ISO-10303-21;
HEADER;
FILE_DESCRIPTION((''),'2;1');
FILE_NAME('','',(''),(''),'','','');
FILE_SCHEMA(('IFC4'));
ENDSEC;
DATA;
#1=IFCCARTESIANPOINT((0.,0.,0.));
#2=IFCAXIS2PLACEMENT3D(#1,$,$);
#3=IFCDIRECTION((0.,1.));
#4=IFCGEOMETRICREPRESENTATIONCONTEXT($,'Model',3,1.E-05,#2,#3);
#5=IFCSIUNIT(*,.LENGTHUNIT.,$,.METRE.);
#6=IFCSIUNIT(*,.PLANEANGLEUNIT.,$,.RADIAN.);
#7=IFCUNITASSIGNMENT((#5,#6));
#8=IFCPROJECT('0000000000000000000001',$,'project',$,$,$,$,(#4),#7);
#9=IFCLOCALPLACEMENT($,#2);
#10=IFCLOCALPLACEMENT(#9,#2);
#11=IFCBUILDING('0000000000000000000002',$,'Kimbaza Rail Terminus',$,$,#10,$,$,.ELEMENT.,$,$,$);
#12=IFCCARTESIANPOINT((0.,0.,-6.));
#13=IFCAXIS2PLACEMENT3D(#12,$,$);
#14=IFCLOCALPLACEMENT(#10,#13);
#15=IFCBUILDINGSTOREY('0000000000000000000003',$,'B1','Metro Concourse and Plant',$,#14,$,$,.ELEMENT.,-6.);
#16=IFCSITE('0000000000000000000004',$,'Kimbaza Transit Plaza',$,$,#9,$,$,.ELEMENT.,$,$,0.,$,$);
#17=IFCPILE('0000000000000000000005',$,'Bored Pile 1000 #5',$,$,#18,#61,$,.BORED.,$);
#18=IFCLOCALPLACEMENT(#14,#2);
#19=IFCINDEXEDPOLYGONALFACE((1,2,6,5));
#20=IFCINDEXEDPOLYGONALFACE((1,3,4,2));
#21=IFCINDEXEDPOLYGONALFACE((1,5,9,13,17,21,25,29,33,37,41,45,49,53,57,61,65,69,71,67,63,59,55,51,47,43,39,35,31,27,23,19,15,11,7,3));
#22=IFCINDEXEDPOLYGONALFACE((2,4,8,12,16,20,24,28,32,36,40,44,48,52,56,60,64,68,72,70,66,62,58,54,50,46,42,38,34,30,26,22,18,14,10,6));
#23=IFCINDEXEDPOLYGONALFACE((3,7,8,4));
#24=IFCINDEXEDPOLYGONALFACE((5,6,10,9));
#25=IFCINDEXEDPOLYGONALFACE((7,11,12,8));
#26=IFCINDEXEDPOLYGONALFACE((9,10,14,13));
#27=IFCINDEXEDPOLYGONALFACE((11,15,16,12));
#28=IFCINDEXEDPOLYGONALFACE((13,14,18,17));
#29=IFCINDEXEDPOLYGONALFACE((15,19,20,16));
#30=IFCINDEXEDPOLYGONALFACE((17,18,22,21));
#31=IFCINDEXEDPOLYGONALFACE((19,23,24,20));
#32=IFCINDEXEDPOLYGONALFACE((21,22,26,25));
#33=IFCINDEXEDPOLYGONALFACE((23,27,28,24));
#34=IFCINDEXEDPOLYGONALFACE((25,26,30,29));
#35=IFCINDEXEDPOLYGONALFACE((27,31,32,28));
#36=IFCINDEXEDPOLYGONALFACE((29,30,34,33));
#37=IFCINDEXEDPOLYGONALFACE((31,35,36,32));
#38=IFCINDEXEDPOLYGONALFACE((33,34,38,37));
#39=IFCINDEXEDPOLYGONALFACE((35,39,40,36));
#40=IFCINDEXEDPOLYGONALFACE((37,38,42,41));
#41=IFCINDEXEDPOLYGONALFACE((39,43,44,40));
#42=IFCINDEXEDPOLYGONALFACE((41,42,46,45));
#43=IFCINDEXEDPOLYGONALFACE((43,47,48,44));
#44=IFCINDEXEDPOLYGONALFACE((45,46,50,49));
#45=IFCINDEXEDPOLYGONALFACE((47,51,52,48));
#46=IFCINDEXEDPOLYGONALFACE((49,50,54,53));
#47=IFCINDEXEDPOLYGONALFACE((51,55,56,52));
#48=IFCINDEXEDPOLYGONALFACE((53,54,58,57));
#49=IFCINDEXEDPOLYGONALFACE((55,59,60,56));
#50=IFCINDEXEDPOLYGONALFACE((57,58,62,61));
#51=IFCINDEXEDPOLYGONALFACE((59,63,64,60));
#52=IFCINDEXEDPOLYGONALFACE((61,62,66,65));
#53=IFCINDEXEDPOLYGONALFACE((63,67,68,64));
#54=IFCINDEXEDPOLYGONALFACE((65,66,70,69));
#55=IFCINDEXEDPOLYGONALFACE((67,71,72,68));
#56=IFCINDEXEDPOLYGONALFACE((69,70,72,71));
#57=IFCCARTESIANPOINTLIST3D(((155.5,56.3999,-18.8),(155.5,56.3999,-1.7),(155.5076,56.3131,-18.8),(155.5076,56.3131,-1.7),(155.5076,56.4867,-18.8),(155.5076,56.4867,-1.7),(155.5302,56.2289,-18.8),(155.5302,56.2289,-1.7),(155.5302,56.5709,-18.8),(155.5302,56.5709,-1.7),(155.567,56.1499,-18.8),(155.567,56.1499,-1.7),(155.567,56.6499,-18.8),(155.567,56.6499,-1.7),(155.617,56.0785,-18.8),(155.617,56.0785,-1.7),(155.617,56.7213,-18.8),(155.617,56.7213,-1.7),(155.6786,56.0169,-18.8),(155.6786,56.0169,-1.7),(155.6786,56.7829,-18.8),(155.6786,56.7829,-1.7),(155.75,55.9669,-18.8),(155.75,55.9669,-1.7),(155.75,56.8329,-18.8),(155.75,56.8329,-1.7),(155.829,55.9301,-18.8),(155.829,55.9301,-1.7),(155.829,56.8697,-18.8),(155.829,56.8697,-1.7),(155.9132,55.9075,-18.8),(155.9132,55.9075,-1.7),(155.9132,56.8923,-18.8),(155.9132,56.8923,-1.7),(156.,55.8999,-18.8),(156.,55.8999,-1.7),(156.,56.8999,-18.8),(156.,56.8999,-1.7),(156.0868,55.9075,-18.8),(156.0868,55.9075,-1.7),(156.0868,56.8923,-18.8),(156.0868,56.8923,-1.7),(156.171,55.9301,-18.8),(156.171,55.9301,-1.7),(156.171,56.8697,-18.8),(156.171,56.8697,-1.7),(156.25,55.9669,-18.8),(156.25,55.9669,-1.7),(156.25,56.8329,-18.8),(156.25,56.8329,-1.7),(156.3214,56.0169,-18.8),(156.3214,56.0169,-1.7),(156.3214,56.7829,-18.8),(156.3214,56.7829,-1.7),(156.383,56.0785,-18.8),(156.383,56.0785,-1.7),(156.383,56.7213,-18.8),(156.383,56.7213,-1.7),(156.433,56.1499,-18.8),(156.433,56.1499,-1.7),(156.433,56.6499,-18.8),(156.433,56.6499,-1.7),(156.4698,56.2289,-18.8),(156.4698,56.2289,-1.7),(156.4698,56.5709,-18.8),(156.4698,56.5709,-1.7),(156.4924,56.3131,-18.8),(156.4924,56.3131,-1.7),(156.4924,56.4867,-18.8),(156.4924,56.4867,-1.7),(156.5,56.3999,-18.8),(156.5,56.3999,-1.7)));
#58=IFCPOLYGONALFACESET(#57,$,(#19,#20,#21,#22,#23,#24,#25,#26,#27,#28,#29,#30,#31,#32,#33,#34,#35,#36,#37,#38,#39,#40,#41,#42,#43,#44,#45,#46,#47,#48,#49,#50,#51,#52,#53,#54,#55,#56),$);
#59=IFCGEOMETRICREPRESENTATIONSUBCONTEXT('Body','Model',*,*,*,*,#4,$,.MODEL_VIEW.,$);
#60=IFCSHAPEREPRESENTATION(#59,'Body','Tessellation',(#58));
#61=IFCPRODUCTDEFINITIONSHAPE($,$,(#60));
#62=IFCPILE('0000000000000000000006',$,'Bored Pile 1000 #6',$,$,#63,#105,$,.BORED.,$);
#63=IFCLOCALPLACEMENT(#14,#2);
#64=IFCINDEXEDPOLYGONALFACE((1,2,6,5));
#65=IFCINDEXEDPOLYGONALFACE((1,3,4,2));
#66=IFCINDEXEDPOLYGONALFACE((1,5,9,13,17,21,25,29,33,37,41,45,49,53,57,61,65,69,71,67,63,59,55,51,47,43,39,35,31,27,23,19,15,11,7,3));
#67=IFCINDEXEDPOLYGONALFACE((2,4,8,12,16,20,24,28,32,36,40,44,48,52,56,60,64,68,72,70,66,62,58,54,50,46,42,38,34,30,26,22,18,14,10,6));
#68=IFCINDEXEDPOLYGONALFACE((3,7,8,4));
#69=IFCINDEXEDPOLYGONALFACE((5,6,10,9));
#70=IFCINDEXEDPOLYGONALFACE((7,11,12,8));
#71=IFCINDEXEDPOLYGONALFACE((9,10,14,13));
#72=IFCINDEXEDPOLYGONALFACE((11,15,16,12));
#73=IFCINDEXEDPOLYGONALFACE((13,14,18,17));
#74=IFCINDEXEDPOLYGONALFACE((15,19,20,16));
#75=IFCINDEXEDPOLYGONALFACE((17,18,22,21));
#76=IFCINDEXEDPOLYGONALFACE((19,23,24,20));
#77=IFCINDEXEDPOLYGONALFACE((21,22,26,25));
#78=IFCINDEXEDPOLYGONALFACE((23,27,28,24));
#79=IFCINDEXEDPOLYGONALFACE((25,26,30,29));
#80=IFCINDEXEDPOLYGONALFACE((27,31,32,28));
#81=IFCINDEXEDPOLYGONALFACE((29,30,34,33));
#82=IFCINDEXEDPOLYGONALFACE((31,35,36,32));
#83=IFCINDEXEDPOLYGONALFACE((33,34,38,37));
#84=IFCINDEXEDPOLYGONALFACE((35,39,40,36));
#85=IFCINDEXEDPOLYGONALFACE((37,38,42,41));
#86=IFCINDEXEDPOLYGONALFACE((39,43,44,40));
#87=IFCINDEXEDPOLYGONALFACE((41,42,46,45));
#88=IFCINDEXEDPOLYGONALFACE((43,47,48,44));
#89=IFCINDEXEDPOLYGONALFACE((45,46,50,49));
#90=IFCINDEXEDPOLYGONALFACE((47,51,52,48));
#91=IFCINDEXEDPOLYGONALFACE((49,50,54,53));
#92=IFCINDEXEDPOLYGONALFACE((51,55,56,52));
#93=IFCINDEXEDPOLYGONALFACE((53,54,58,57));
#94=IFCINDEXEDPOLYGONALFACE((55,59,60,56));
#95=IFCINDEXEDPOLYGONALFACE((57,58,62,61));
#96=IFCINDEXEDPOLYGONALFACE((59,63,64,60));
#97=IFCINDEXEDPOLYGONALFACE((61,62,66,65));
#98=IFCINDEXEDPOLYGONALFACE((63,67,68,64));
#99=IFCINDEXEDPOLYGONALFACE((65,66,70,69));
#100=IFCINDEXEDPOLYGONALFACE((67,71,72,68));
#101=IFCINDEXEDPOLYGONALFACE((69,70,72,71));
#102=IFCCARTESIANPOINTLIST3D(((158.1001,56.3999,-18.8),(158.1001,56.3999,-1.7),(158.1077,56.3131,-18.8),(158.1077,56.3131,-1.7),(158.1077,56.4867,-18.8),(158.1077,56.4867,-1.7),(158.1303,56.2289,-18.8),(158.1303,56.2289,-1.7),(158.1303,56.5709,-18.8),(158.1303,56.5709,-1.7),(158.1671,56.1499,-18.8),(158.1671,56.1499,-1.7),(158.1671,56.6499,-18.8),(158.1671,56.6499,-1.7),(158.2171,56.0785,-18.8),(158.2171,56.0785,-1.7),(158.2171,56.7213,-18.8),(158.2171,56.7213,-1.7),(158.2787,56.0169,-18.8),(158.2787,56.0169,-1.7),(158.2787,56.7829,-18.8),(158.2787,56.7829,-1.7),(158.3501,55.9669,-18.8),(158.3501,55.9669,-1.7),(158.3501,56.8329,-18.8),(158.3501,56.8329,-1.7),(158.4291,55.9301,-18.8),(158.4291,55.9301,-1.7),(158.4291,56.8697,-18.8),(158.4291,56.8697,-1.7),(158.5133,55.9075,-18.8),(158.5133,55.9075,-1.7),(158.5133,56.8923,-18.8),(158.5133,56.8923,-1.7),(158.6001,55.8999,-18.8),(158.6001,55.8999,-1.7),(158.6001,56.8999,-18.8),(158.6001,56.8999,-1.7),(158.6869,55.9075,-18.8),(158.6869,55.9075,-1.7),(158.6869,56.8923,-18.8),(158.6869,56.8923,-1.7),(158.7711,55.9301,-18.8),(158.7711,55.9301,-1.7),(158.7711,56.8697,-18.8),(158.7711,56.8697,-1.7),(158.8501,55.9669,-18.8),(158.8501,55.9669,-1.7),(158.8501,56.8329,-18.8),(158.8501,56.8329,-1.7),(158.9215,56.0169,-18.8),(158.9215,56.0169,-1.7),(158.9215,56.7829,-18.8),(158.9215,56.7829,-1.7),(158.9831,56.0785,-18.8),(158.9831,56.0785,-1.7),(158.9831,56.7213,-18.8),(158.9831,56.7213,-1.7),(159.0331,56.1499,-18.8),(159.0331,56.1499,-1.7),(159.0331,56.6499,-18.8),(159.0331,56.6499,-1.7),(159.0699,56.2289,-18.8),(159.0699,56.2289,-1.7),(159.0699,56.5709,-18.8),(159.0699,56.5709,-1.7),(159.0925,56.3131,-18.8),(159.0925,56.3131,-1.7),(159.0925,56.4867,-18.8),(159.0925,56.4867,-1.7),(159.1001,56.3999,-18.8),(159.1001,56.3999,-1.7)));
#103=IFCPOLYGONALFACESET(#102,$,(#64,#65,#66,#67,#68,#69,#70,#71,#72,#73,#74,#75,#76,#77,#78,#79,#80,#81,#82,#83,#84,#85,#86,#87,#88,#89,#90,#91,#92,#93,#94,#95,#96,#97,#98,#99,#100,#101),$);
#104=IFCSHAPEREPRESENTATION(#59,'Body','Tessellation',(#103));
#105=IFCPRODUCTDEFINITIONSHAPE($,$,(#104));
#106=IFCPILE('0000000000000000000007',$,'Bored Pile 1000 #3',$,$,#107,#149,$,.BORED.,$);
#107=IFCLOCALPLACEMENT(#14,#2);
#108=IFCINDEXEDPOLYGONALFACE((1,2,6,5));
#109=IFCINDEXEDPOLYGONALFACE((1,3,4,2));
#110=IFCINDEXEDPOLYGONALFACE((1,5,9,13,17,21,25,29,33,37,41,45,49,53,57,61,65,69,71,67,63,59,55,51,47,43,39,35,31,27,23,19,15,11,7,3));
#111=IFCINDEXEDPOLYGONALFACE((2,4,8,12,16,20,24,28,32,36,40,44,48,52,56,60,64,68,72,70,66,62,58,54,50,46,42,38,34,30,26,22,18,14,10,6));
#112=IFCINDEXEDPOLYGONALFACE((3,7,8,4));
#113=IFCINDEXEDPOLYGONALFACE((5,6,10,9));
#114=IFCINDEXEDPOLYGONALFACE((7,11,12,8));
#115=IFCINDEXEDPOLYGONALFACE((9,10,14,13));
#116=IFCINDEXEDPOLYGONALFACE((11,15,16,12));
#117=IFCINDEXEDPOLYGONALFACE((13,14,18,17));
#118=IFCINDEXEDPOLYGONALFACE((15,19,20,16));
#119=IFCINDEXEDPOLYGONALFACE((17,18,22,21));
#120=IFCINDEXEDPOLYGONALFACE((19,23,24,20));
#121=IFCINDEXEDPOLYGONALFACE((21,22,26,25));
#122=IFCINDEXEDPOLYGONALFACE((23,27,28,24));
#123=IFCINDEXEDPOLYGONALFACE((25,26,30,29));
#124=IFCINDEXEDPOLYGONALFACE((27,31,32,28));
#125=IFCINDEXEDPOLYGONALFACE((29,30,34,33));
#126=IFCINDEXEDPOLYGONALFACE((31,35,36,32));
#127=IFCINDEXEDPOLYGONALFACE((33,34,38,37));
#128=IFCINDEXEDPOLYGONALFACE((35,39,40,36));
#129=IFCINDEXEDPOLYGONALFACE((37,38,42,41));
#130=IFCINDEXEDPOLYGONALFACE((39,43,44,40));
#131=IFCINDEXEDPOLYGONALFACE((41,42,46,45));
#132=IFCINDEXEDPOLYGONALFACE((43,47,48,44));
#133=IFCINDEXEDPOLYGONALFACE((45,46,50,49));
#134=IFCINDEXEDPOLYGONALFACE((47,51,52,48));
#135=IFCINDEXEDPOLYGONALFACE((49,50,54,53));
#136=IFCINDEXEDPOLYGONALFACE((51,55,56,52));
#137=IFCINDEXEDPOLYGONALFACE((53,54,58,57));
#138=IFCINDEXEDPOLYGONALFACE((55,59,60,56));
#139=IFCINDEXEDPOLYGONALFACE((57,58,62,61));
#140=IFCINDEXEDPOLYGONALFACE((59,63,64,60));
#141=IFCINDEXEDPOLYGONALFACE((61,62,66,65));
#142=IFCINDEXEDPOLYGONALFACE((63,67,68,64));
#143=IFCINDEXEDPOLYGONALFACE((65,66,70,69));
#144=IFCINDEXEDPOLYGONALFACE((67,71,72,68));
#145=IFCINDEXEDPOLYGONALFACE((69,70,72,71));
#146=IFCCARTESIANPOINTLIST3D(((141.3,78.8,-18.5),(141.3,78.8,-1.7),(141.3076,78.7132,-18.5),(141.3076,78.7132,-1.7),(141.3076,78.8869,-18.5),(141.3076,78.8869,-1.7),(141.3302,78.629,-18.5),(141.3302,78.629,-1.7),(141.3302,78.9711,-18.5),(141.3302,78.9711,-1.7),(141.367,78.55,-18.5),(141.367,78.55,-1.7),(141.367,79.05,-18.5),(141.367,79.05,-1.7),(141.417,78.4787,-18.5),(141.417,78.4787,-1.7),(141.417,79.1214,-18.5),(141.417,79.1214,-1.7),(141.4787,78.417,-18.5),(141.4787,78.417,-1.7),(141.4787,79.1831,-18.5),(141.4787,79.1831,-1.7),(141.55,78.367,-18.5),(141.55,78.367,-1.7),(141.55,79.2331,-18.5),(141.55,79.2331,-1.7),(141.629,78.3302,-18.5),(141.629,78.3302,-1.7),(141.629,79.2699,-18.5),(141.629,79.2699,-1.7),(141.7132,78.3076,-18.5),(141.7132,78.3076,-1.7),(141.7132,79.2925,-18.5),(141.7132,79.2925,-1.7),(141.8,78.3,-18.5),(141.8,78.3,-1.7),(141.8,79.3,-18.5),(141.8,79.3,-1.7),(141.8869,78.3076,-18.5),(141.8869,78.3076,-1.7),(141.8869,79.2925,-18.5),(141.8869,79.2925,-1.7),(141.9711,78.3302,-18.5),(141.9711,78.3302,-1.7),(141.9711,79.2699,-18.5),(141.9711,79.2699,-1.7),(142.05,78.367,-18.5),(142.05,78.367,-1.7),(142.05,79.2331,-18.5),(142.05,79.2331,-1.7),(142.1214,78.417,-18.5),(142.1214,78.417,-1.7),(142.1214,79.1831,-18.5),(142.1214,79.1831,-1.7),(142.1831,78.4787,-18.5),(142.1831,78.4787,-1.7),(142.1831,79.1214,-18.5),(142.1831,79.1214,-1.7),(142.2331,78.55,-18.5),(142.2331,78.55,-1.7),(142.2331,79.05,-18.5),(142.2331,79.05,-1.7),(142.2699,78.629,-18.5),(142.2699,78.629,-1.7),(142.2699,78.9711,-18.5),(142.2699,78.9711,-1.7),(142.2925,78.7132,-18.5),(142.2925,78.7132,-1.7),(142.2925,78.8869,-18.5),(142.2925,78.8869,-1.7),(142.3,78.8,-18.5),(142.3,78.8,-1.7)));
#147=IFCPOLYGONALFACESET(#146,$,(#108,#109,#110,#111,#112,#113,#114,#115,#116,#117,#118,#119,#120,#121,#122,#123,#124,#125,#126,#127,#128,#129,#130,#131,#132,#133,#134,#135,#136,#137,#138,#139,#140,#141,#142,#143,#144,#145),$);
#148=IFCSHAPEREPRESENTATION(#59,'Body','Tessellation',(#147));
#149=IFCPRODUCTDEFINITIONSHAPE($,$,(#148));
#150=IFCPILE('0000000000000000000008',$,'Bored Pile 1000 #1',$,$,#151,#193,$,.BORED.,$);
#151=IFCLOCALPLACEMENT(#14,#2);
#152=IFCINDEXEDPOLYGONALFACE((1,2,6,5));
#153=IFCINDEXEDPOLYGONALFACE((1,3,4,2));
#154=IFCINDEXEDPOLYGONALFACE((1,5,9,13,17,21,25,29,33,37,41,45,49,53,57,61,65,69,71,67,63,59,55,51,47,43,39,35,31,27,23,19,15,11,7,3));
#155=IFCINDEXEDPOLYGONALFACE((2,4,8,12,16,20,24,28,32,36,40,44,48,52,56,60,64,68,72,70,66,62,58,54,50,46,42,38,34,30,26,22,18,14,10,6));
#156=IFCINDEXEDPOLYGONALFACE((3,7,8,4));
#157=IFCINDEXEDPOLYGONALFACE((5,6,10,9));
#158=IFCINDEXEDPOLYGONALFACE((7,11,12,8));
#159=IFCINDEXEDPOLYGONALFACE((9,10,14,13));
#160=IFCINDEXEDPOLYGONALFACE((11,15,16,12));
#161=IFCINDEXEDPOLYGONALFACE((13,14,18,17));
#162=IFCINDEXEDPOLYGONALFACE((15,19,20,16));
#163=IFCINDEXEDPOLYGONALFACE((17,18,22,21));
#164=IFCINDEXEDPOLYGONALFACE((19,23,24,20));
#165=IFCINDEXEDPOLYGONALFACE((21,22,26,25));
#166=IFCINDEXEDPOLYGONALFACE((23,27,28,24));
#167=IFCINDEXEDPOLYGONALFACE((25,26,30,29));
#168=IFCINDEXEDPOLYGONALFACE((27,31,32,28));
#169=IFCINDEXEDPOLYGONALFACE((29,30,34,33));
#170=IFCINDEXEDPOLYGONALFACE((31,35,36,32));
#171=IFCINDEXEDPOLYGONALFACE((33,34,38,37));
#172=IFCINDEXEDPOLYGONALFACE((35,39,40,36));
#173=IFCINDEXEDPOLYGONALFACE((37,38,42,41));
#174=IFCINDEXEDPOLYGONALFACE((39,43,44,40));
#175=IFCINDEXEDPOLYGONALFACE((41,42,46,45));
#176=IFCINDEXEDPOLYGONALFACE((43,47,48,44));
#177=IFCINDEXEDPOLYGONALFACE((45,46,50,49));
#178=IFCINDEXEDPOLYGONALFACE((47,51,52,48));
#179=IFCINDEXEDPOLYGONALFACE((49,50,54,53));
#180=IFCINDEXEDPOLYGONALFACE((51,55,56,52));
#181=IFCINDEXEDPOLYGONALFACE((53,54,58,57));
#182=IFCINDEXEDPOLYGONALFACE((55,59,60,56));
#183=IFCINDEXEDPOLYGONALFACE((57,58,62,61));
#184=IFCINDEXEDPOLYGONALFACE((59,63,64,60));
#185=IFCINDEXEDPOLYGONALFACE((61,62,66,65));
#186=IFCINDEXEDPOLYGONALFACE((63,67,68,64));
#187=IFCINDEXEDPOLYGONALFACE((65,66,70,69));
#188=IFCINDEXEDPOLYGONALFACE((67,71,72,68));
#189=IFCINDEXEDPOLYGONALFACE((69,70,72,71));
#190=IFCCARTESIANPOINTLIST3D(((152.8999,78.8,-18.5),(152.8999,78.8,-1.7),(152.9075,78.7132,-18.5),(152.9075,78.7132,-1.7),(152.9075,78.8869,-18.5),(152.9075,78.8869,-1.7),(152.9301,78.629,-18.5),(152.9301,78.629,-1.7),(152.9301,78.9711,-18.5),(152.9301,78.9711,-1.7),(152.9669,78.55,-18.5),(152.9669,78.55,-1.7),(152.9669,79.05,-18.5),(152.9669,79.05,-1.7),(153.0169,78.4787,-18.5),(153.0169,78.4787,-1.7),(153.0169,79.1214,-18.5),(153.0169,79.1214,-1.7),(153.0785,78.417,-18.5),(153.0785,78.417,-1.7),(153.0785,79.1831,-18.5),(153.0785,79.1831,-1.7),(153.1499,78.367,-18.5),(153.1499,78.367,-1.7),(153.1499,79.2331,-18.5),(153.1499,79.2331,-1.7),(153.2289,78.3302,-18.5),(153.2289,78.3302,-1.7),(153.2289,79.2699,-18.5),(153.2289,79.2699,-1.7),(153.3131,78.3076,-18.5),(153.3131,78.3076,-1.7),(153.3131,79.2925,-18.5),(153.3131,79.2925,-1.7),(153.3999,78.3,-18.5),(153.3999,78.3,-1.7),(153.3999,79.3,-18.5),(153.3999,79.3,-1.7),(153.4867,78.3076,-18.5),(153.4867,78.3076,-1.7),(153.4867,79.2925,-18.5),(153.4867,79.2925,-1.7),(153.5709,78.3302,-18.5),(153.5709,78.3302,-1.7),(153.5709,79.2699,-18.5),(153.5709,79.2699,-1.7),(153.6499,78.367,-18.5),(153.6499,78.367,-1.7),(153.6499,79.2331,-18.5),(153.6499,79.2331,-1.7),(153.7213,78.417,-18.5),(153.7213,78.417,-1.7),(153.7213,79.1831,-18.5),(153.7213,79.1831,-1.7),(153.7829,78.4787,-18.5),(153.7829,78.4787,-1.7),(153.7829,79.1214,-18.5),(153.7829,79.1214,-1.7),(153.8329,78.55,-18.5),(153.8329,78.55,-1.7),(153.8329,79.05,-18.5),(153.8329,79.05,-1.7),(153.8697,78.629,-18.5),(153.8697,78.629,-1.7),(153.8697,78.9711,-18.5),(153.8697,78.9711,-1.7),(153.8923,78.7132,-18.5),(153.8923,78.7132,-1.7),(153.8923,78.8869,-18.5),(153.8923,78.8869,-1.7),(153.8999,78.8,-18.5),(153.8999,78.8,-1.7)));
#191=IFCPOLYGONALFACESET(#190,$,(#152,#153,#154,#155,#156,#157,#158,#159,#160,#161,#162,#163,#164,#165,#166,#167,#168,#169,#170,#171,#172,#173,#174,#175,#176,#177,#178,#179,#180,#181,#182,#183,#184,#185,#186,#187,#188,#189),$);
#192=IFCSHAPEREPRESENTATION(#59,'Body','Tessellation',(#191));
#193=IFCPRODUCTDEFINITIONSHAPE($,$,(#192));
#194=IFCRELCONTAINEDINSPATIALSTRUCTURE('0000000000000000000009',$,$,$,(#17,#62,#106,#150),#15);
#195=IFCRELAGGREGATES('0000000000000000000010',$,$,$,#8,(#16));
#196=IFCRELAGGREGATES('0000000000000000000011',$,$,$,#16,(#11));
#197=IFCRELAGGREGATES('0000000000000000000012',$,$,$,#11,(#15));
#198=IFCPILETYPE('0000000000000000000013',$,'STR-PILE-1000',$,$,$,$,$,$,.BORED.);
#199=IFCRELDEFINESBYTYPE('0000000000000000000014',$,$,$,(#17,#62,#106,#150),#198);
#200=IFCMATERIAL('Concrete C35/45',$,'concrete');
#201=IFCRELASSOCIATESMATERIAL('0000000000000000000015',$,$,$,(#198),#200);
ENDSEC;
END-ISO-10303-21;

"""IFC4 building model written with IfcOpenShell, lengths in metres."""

from ifc_helpers import new_model, si_unit, direction, frame, origin, origin_2d, place, context, subcontext, project, spatial, circle, extrude, material, material_profile, profile_set, type_object, element, save


model = new_model("IFC4")

# Units and contexts
model_context = context("Model", 3, precision=1e-05, world=origin(), true_north=direction((0.0, 1.0)))
body_context = subcontext(model_context, "Body", "Model", "MODEL_VIEW")
ifc_project = project(units=[si_unit("LENGTHUNIT", "METRE"), si_unit("PLANEANGLEUNIT", "RADIAN")], contexts=[model_context])

# Site, building, storey
site_placement = place(None, origin())
site = spatial("IfcSite", under=ifc_project, at=site_placement, Name="Kimbaza Transit Plaza", CompositionType="ELEMENT", RefElevation=0.0)
building_placement = place(site_placement, origin())
building = spatial("IfcBuilding", under=site, at=building_placement, Name="Kimbaza Rail Terminus", CompositionType="ELEMENT")
storey_placement = place(building_placement, frame((0.0, 0.0, -6.0)))
storey = spatial("IfcBuildingStorey", under=building, at=storey_placement, Name="B1", Description="Metro Concourse and Plant", CompositionType="ELEMENT", Elevation=-6.0)

# Piles
ifc_material_1 = material(Name="Concrete C35/45", Category="concrete")
ifc_material_profile_1 = material_profile(ifc_material_1, circle(Radius=0.5, at=origin_2d()), Name="BORED PILE 1000")
ifc_profile_set_1 = profile_set([ifc_material_profile_1], Name="Concrete C35/45")
pile_type_1 = type_object("IfcPileType", Name="STR-PILE-1000", PredefinedType="BORED", material=ifc_profile_set_1)
for number, where, z_axis, x_axis, name in (
    (1, (156.0, 56.3999, -1.7), (0.0, 0.0, -1.0), (1.0, 0.0, 0.0), "Bored Pile 1000 #5"),
    (2, (158.6001, 56.3999, -1.7), (0.0, 0.0, -1.0), (1.0, 0.0, 0.0), "Bored Pile 1000 #6"),
):
    element("IfcPile", number, at=place(storey_placement, frame(where, z_axis=z_axis, x_axis=x_axis)), inside=storey, type_object=pile_type_1, Name=name, PredefinedType="BORED", context=body_context, shape_type="SweptSolid", body=[
        extrude(circle(Radius=0.5, at=origin_2d()), origin(), (0.0, 0.0, 1.0), 17.1001),
    ])
for number, where, z_axis, x_axis, name in (
    (3, (141.8, 78.8, -1.7), (0.0, 0.0, -1.0), (1.0, 0.0, 0.0), "Bored Pile 1000 #3"),
    (4, (153.3999, 78.8, -1.7), (0.0, 0.0, -1.0), (1.0, 0.0, 0.0), "Bored Pile 1000 #1"),
):
    element("IfcPile", number, at=place(storey_placement, frame(where, z_axis=z_axis, x_axis=x_axis)), inside=storey, type_object=pile_type_1, Name=name, PredefinedType="BORED", context=body_context, shape_type="SweptSolid", body=[
        extrude(circle(Radius=0.5, at=origin_2d()), origin(), (0.0, 0.0, 1.0), 16.8),
    ])

save(model, "model.ifc")
